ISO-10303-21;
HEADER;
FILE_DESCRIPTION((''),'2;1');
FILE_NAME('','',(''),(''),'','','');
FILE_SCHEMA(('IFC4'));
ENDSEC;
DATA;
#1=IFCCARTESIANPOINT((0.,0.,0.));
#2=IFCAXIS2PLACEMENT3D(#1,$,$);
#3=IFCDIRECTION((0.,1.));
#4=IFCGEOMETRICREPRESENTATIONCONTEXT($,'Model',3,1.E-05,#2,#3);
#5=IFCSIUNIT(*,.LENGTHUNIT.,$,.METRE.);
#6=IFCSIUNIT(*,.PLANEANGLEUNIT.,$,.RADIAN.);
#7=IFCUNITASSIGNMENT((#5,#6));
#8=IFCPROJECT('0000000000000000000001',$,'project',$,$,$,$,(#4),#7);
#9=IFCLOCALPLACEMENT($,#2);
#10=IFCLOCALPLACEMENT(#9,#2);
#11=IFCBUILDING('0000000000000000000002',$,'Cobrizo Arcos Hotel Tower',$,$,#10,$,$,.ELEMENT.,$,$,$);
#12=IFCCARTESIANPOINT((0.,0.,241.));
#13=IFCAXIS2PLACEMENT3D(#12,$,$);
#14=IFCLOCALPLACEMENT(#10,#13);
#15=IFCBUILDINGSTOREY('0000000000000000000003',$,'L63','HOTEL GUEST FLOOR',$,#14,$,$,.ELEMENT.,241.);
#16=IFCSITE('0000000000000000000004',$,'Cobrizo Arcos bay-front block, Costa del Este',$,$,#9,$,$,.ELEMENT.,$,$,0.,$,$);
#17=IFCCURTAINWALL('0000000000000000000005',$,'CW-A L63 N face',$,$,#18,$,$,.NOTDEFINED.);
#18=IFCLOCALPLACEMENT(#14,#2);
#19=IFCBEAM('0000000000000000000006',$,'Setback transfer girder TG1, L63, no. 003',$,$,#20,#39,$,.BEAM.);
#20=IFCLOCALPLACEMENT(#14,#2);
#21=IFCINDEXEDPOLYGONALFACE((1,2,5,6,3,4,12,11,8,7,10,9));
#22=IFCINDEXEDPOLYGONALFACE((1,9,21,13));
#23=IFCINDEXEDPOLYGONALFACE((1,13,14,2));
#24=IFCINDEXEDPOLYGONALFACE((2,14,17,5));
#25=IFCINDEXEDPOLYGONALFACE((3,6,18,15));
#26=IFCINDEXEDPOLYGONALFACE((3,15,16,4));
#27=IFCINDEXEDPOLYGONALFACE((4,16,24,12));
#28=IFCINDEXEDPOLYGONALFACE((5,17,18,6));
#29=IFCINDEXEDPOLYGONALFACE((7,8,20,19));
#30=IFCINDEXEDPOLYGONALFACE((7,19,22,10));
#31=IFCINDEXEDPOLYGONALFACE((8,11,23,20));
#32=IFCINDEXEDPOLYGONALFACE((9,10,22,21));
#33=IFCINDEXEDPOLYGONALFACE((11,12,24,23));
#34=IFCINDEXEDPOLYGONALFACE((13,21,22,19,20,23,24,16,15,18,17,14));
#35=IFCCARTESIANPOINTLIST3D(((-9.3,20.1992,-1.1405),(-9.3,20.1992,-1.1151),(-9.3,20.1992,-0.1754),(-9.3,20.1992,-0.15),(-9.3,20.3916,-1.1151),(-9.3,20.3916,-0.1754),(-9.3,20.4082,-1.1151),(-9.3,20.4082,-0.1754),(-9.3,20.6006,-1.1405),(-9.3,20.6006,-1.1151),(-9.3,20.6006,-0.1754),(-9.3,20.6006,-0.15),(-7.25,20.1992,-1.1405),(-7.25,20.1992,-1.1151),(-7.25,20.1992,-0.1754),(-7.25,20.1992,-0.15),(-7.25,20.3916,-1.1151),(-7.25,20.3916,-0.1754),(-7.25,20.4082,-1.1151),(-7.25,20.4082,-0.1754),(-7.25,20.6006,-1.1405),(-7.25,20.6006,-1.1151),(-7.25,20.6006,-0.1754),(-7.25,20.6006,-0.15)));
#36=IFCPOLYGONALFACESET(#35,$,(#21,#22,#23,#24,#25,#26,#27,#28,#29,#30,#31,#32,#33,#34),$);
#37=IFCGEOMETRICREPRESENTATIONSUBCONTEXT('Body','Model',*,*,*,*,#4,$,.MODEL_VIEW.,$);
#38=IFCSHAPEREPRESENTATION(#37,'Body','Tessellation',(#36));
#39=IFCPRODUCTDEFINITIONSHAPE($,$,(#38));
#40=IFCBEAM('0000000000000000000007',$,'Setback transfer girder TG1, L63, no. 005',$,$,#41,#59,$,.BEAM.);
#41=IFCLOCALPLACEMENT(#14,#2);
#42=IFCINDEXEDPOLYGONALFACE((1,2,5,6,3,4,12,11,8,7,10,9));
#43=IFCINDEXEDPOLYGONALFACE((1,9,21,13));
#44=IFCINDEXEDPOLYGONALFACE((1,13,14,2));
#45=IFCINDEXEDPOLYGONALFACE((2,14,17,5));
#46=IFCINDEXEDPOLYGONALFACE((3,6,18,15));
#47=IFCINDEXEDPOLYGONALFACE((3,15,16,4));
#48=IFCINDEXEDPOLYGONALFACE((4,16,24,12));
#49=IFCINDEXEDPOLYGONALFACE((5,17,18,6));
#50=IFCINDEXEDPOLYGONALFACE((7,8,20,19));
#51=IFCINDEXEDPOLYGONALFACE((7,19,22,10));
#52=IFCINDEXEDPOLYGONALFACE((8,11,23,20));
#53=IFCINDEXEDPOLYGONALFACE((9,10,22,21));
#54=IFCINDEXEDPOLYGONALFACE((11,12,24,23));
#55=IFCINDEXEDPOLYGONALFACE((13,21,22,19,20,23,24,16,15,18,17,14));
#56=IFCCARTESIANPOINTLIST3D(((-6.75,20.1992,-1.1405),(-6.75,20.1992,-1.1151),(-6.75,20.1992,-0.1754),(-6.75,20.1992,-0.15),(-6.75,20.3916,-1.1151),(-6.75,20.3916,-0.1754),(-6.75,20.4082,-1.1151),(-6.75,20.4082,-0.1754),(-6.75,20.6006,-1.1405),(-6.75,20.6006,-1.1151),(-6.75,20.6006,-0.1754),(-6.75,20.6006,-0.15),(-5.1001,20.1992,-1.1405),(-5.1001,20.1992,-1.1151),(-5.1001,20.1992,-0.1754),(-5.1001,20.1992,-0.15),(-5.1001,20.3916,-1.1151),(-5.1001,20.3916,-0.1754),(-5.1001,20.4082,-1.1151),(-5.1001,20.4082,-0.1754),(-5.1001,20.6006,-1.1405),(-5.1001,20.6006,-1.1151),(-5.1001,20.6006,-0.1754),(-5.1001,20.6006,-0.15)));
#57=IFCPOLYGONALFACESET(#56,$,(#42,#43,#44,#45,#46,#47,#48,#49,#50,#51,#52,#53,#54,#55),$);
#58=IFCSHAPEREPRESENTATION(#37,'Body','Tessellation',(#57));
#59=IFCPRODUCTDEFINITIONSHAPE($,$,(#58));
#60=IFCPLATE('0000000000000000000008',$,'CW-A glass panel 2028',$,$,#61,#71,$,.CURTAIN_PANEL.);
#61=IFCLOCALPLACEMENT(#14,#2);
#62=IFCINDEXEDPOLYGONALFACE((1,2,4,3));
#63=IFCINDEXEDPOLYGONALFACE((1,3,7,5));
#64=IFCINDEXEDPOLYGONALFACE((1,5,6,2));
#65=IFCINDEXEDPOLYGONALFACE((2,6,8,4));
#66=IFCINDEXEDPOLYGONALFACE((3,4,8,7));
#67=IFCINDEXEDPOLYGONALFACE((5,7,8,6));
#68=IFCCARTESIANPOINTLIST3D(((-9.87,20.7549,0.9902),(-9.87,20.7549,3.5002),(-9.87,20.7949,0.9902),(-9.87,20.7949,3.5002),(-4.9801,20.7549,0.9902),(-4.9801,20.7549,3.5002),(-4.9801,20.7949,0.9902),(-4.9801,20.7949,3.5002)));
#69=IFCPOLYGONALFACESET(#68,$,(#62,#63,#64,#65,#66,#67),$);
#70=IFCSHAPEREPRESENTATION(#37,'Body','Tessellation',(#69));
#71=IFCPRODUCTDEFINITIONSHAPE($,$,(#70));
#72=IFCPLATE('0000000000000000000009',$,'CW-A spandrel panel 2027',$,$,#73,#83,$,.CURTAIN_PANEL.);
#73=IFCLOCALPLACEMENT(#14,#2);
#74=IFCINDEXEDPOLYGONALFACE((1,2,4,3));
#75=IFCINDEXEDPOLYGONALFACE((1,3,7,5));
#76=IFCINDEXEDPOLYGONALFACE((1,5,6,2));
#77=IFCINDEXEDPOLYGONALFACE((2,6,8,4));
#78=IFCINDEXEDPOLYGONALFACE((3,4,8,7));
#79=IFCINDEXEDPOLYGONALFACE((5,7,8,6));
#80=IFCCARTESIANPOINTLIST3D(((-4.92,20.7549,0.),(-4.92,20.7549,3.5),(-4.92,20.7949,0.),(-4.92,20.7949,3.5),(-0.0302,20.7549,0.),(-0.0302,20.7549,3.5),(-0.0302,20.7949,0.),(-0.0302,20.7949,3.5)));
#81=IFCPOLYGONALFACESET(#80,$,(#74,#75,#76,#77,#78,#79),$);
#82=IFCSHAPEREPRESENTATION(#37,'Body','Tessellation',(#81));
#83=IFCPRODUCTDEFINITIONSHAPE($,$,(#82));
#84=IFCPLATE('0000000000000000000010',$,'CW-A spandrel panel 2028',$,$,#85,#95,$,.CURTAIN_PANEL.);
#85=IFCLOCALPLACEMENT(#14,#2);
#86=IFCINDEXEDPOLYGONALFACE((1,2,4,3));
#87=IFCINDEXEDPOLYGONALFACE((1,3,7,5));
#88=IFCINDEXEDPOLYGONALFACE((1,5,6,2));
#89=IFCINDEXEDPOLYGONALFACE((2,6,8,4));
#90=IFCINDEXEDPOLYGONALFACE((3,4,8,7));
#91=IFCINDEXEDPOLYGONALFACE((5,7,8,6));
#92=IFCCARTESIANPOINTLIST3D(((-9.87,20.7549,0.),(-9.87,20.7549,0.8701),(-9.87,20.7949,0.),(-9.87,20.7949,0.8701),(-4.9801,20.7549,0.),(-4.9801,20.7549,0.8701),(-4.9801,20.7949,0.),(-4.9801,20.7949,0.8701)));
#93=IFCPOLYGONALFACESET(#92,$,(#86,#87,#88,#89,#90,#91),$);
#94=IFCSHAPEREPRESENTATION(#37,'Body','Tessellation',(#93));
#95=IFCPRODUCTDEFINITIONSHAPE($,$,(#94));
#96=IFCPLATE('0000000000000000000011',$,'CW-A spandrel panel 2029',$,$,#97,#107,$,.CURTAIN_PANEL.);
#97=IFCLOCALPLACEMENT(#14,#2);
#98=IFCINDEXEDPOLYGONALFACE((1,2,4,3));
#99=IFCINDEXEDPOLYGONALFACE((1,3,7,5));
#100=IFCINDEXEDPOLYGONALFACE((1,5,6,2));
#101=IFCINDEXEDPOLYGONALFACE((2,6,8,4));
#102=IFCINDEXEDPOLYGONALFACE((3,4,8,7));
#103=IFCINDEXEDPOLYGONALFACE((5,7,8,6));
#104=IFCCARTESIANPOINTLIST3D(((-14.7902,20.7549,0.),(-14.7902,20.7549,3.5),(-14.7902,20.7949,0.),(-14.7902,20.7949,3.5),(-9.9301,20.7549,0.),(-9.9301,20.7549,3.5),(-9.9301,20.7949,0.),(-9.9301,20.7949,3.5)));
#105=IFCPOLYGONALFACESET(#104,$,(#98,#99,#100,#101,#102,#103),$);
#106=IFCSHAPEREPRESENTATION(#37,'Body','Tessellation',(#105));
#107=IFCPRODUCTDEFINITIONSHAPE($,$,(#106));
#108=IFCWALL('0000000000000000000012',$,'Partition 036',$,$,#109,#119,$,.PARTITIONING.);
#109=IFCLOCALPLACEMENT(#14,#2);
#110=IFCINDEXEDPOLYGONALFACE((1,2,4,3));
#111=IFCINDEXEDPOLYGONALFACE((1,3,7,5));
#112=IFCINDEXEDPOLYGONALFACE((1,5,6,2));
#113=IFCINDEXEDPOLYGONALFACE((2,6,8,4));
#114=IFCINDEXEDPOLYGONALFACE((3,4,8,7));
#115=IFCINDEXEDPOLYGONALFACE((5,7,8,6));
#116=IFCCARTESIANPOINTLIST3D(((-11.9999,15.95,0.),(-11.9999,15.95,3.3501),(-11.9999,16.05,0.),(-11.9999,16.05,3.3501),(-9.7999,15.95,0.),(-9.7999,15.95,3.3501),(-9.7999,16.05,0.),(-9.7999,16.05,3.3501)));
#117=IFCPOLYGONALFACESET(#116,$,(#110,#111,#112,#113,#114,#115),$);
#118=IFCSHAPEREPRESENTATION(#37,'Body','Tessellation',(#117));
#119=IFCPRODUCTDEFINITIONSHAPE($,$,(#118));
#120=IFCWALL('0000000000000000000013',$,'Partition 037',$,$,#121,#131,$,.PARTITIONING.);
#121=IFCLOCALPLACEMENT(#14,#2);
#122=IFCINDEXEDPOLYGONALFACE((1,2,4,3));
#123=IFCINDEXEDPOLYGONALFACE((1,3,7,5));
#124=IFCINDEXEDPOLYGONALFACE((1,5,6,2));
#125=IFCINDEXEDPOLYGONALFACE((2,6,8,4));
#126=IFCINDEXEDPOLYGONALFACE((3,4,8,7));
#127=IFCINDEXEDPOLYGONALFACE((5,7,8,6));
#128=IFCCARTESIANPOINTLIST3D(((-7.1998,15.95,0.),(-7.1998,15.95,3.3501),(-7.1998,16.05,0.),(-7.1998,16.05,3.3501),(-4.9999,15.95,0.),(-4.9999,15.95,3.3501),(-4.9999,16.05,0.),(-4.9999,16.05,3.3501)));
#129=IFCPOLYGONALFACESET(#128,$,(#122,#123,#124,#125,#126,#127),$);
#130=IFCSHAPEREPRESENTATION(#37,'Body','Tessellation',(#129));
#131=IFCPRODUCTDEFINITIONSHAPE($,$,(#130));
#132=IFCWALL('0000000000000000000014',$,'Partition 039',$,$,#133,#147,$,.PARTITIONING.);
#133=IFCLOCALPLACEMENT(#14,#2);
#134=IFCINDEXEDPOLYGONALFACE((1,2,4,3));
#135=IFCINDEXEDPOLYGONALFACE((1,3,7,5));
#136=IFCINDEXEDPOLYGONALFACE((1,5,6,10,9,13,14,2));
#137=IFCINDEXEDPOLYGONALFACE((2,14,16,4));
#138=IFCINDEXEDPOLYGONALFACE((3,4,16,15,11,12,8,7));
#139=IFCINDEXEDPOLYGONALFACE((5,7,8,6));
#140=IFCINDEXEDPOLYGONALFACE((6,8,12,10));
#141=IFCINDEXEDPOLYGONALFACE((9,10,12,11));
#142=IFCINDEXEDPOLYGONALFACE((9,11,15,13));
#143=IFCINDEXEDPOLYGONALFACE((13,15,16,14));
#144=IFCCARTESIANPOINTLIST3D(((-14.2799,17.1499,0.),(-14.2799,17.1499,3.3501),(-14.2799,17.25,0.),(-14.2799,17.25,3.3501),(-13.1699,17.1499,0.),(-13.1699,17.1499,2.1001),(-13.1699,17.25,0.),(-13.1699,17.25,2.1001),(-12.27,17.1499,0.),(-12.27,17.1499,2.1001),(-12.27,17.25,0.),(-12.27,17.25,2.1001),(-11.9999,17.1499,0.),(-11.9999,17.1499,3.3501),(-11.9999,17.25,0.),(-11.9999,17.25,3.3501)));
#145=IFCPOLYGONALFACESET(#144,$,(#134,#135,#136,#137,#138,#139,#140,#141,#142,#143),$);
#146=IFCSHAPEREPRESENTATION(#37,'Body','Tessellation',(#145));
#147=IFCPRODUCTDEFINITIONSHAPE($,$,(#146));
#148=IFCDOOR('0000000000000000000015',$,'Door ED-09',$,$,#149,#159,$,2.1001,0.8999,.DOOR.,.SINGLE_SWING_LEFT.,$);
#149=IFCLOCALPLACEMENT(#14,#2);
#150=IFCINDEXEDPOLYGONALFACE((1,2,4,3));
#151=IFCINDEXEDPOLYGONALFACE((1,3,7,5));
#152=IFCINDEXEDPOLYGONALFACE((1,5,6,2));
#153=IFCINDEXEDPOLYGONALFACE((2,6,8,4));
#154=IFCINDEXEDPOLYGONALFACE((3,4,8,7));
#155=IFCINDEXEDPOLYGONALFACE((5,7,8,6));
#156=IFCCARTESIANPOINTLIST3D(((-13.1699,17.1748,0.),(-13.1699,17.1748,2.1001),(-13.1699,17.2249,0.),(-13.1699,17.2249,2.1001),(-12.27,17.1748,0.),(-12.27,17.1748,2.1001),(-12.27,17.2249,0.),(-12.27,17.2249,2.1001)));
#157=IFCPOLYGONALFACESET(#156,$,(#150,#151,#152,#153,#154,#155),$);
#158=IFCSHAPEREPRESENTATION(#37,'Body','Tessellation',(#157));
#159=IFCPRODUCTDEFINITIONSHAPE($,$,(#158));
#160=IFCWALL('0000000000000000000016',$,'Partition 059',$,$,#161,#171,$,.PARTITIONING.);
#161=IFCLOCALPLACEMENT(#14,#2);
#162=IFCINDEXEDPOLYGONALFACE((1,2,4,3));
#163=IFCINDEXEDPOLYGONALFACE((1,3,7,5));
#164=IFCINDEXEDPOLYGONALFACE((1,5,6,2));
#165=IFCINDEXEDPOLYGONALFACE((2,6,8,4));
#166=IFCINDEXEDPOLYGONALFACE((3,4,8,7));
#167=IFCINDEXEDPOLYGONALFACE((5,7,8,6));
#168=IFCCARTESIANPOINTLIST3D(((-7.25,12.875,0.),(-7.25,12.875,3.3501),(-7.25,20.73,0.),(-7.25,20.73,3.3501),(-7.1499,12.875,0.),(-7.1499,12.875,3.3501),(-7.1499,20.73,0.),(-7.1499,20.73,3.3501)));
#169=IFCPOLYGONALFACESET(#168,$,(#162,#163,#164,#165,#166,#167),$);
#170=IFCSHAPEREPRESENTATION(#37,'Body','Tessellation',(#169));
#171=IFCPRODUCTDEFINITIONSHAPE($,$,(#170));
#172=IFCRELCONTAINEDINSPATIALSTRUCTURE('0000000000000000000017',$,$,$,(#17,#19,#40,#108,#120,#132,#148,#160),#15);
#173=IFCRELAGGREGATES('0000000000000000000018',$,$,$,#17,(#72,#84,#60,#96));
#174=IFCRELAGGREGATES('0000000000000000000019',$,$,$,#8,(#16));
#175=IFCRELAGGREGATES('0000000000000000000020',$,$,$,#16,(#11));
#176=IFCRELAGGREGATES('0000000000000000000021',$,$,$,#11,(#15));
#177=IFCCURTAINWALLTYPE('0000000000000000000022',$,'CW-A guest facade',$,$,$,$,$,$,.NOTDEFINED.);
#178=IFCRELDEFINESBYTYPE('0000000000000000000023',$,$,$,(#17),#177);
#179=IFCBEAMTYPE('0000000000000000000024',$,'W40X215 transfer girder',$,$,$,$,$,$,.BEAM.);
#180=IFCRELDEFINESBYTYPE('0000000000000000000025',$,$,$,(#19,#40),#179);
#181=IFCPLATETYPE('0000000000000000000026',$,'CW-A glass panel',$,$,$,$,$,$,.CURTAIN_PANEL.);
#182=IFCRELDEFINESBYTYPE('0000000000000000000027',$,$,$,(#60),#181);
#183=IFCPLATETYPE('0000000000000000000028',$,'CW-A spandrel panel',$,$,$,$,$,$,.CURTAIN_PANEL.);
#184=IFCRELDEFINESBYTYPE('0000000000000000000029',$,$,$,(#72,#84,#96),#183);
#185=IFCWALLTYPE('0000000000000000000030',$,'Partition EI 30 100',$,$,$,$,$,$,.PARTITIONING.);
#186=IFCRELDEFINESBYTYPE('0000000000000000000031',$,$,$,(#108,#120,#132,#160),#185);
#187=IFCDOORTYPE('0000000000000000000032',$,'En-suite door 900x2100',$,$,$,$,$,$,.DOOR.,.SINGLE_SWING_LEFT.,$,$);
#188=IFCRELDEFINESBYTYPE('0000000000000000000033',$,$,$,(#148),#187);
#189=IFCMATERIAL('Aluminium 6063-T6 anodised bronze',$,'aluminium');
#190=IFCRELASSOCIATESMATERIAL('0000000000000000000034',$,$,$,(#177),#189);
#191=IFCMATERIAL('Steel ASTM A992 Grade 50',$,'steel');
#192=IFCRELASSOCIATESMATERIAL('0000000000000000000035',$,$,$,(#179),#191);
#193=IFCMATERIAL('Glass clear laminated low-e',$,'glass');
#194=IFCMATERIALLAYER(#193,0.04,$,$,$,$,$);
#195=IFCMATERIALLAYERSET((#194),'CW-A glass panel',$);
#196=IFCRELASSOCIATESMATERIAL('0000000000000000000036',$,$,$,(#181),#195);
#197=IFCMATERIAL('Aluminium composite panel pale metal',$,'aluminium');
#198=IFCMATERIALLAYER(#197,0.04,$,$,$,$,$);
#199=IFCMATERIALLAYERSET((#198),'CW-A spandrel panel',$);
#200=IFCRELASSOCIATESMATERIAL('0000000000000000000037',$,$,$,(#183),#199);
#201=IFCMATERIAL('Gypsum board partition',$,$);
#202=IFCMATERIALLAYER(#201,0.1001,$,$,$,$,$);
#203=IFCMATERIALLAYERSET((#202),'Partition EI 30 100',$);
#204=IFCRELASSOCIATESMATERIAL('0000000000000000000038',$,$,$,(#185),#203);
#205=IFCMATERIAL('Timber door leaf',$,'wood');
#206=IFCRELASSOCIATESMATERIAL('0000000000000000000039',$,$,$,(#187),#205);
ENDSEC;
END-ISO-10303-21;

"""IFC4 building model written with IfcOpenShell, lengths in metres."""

from ifc_helpers import new_model, si_unit, direction, frame, frame_2d, origin, origin_2d, place, context, subcontext, project, spatial, rectangle, i_section, extrude, material, layer, layer_set, material_profile, profile_set, type_object, element, fill, aggregate, save


model = new_model("IFC4")

# Units and contexts
model_context = context("Model", 3, precision=1e-05, world=origin(), true_north=direction((0.0, 1.0)))
body_context = subcontext(model_context, "Body", "Model", "MODEL_VIEW")
ifc_project = project(units=[si_unit("LENGTHUNIT", "METRE"), si_unit("PLANEANGLEUNIT", "RADIAN")], contexts=[model_context])

# Site, building, storey
site_placement = place(None, origin())
site = spatial("IfcSite", under=ifc_project, at=site_placement, Name="Cobrizo Arcos bay-front block, Costa del Este", CompositionType="ELEMENT", RefElevation=0.0)
building_placement = place(site_placement, origin())
building = spatial("IfcBuilding", under=site, at=building_placement, Name="Cobrizo Arcos Hotel Tower", CompositionType="ELEMENT")
storey_placement = place(building_placement, frame((0.0, 0.0, 241.0)))
storey = spatial("IfcBuildingStorey", under=building, at=storey_placement, Name="L63", Description="HOTEL GUEST FLOOR", CompositionType="ELEMENT", Elevation=241.0)

# Curtain wall
ifc_material_1 = material(Name="Aluminium 6063-T6 anodised bronze", Category="aluminium")
curtain_wall_type = type_object("IfcCurtainWallType", Name="CW-A guest facade", PredefinedType="NOTDEFINED", material=ifc_material_1)
curtain_wall_1_placement = place(storey_placement, origin())
curtain_wall_1 = element("IfcCurtainWall", 1, at=curtain_wall_1_placement, inside=storey, type_object=curtain_wall_type, Name="CW-A L63 N face", PredefinedType="NOTDEFINED")

# Beams
ifc_material_2 = material(Name="Steel ASTM A992 Grade 50", Category="steel")
ifc_material_profile_1 = material_profile(ifc_material_2, i_section(OverallWidth=0.4014, OverallDepth=0.9905, WebThickness=0.0166, FlangeThickness=0.0254, at=origin_2d()), Name="W40X215")
ifc_profile_set_1 = profile_set([ifc_material_profile_1], Name="Steel ASTM A992 Grade 50")
beam_type = type_object("IfcBeamType", Name="W40X215 transfer girder", PredefinedType="BEAM", material=ifc_profile_set_1)
beam_1_placement = place(storey_placement, frame((-7.25, 20.3999, -0.6453), z_axis=(-1.0, 0.0, 0.0), x_axis=(0.0, -1.0, 0.0)))
element("IfcBeam", 2, at=beam_1_placement, inside=storey, type_object=beam_type, Name="Setback transfer girder TG1, L63, no. 003", PredefinedType="BEAM", context=body_context, shape_type="SweptSolid", body=[
    extrude(i_section(OverallWidth=0.4014, OverallDepth=0.9905, WebThickness=0.0166, FlangeThickness=0.0254, at=origin_2d()), origin(), (0.0, 0.0, 1.0), 2.05),
])
beam_2_placement = place(storey_placement, frame((-6.75, 20.3999, -0.6453), z_axis=(1.0, 0.0, 0.0), x_axis=(0.0, 1.0, 0.0)))
element("IfcBeam", 3, at=beam_2_placement, inside=storey, type_object=beam_type, Name="Setback transfer girder TG1, L63, no. 005", PredefinedType="BEAM", context=body_context, shape_type="SweptSolid", body=[
    extrude(i_section(OverallWidth=0.4014, OverallDepth=0.9905, WebThickness=0.0166, FlangeThickness=0.0254, at=origin_2d()), origin(), (0.0, 0.0, 1.0), 1.6499),
])

# Plates
ifc_material_3 = material(Name="Glass clear laminated low-e", Category="glass")
ifc_layer_1 = layer(ifc_material_3, 0.04)
ifc_layer_set_1 = layer_set([ifc_layer_1], Name="CW-A glass panel")
plate_type_1 = type_object("IfcPlateType", Name="CW-A glass panel", PredefinedType="CURTAIN_PANEL", material=ifc_layer_set_1)
plate_1_placement = place(storey_placement, frame((-7.425, 20.7749, 0.9902), z_axis=(0.0, 0.0, 1.0), x_axis=(-1.0, 0.0, 0.0)))
plate_1 = element("IfcPlate", 4, at=plate_1_placement, type_object=plate_type_1, Name="CW-A glass panel 2028", PredefinedType="CURTAIN_PANEL", context=body_context, shape_type="SweptSolid", body=[
    extrude(rectangle(XDim=4.8899, YDim=0.04, at=origin_2d()), origin(), (0.0, 0.0, 1.0), 2.51),
])
ifc_material_4 = material(Name="Aluminium composite panel pale metal", Category="aluminium")
ifc_layer_2 = layer(ifc_material_4, 0.04)
ifc_layer_set_2 = layer_set([ifc_layer_2], Name="CW-A spandrel panel")
plate_type_2 = type_object("IfcPlateType", Name="CW-A spandrel panel", PredefinedType="CURTAIN_PANEL", material=ifc_layer_set_2)
plate_2_placement = place(storey_placement, frame((-2.4751, 20.7749, 0.0), z_axis=(0.0, 0.0, 1.0), x_axis=(-1.0, 0.0, 0.0)))
plate_2 = element("IfcPlate", 5, at=plate_2_placement, type_object=plate_type_2, Name="CW-A spandrel panel 2027", PredefinedType="CURTAIN_PANEL", context=body_context, shape_type="SweptSolid", body=[
    extrude(rectangle(XDim=4.8899, YDim=0.04, at=origin_2d()), origin(), (0.0, 0.0, 1.0), 3.5),
])
plate_3_placement = place(storey_placement, frame((-7.425, 20.7749, 0.0), z_axis=(0.0, 0.0, 1.0), x_axis=(-1.0, 0.0, 0.0)))
plate_3 = element("IfcPlate", 6, at=plate_3_placement, type_object=plate_type_2, Name="CW-A spandrel panel 2028", PredefinedType="CURTAIN_PANEL", context=body_context, shape_type="SweptSolid", body=[
    extrude(rectangle(XDim=4.8899, YDim=0.04, at=origin_2d()), origin(), (0.0, 0.0, 1.0), 0.8701),
])
plate_4_placement = place(storey_placement, frame((-12.3601, 20.7749, 0.0), z_axis=(0.0, 0.0, 1.0), x_axis=(-1.0, 0.0, 0.0)))
plate_4 = element("IfcPlate", 7, at=plate_4_placement, type_object=plate_type_2, Name="CW-A spandrel panel 2029", PredefinedType="CURTAIN_PANEL", context=body_context, shape_type="SweptSolid", body=[
    extrude(rectangle(XDim=4.8601, YDim=0.04, at=origin_2d()), origin(), (0.0, 0.0, 1.0), 3.5),
])
aggregate(curtain_wall_1, [plate_2, plate_3, plate_1, plate_4])

# Walls
ifc_material_5 = material(Name="Gypsum board partition")
ifc_layer_3 = layer(ifc_material_5, 0.1001)
ifc_layer_set_3 = layer_set([ifc_layer_3], Name="Partition EI 30 100")
wall_type = type_object("IfcWallType", Name="Partition EI 30 100", PredefinedType="PARTITIONING", material=ifc_layer_set_3)
for number, where, z_axis, x_axis, name in (
    (8, (-12.0, 16.0, 0.0), (0.0, 0.0, 1.0), (1.0, 0.0, 0.0), "Partition 036"),
    (9, (-7.2, 16.0, 0.0), (0.0, 0.0, 1.0), (1.0, 0.0, 0.0), "Partition 037"),
):
    element("IfcWall", number, at=place(storey_placement, frame(where, z_axis=z_axis, x_axis=x_axis)), inside=storey, type_object=wall_type, Name=name, PredefinedType="PARTITIONING", context=body_context, shape_type="SweptSolid", body=[
        extrude(rectangle(XDim=2.2, YDim=0.1001, at=frame_2d((1.1001, 0.0))), origin(), (0.0, 0.0, 1.0), 3.3501),
    ])

# Wall, opening, door
wall_1_placement = place(storey_placement, frame((-14.28, 17.2, 0.0), z_axis=(0.0, 0.0, 1.0), x_axis=(1.0, 0.0, 0.0)))
wall_1 = element("IfcWall", 10, at=wall_1_placement, inside=storey, type_object=wall_type, Name="Partition 039", PredefinedType="PARTITIONING", context=body_context, shape_type="SweptSolid", body=[
    extrude(rectangle(XDim=2.28, YDim=0.1001, at=frame_2d((1.1401, 0.0))), origin(), (0.0, 0.0, 1.0), 3.3501),
])
opening_1_placement = place(wall_1_placement, frame((1.1101, 0.0, 0.0)))
opening_1 = element("IfcOpeningElement", 11, at=opening_1_placement, cuts=wall_1, PredefinedType="OPENING", context=body_context, shape_type="SweptSolid", body=[
    extrude(rectangle(XDim=0.8999, YDim=2.1001, at=frame_2d((0.45, 1.05))), frame((0.0, 0.062, 0.0), z_axis=(0.0, -1.0, 0.0), x_axis=(1.0, 0.0, 0.0)), (0.0, 0.0, 1.0), 0.124),
])
ifc_material_6 = material(Name="Timber door leaf", Category="wood")
door_type_1 = type_object("IfcDoorType", Name="En-suite door 900x2100", OperationType="SINGLE_SWING_LEFT", PredefinedType="DOOR", material=ifc_material_6)
door_1_placement = place(opening_1_placement, origin())
door_1 = element("IfcDoor", 12, at=door_1_placement, inside=storey, type_object=door_type_1, Name="Door ED-09", OperationType="SINGLE_SWING_LEFT", OverallHeight=2.1001, OverallWidth=0.8999, PredefinedType="DOOR", context=body_context, shape_type="SweptSolid", body=[
    extrude(rectangle(XDim=0.8999, YDim=2.1001, at=frame_2d((0.45, 1.05))), frame((0.0, 0.0249, 0.0), z_axis=(0.0, -1.0, 0.0), x_axis=(1.0, 0.0, 0.0)), (0.0, 0.0, 1.0), 0.05),
])
fill(opening_1, door_1)

# Wall
wall_2_placement = place(storey_placement, frame((-7.2, 12.875, 0.0), z_axis=(0.0, 0.0, 1.0), x_axis=(0.0, 1.0, 0.0)))
element("IfcWall", 13, at=wall_2_placement, inside=storey, type_object=wall_type, Name="Partition 059", PredefinedType="PARTITIONING", context=body_context, shape_type="SweptSolid", body=[
    extrude(rectangle(XDim=7.855, YDim=0.1001, at=frame_2d((3.9275, 0.0))), origin(), (0.0, 0.0, 1.0), 3.3501),
])

save(model, "model.ifc")
